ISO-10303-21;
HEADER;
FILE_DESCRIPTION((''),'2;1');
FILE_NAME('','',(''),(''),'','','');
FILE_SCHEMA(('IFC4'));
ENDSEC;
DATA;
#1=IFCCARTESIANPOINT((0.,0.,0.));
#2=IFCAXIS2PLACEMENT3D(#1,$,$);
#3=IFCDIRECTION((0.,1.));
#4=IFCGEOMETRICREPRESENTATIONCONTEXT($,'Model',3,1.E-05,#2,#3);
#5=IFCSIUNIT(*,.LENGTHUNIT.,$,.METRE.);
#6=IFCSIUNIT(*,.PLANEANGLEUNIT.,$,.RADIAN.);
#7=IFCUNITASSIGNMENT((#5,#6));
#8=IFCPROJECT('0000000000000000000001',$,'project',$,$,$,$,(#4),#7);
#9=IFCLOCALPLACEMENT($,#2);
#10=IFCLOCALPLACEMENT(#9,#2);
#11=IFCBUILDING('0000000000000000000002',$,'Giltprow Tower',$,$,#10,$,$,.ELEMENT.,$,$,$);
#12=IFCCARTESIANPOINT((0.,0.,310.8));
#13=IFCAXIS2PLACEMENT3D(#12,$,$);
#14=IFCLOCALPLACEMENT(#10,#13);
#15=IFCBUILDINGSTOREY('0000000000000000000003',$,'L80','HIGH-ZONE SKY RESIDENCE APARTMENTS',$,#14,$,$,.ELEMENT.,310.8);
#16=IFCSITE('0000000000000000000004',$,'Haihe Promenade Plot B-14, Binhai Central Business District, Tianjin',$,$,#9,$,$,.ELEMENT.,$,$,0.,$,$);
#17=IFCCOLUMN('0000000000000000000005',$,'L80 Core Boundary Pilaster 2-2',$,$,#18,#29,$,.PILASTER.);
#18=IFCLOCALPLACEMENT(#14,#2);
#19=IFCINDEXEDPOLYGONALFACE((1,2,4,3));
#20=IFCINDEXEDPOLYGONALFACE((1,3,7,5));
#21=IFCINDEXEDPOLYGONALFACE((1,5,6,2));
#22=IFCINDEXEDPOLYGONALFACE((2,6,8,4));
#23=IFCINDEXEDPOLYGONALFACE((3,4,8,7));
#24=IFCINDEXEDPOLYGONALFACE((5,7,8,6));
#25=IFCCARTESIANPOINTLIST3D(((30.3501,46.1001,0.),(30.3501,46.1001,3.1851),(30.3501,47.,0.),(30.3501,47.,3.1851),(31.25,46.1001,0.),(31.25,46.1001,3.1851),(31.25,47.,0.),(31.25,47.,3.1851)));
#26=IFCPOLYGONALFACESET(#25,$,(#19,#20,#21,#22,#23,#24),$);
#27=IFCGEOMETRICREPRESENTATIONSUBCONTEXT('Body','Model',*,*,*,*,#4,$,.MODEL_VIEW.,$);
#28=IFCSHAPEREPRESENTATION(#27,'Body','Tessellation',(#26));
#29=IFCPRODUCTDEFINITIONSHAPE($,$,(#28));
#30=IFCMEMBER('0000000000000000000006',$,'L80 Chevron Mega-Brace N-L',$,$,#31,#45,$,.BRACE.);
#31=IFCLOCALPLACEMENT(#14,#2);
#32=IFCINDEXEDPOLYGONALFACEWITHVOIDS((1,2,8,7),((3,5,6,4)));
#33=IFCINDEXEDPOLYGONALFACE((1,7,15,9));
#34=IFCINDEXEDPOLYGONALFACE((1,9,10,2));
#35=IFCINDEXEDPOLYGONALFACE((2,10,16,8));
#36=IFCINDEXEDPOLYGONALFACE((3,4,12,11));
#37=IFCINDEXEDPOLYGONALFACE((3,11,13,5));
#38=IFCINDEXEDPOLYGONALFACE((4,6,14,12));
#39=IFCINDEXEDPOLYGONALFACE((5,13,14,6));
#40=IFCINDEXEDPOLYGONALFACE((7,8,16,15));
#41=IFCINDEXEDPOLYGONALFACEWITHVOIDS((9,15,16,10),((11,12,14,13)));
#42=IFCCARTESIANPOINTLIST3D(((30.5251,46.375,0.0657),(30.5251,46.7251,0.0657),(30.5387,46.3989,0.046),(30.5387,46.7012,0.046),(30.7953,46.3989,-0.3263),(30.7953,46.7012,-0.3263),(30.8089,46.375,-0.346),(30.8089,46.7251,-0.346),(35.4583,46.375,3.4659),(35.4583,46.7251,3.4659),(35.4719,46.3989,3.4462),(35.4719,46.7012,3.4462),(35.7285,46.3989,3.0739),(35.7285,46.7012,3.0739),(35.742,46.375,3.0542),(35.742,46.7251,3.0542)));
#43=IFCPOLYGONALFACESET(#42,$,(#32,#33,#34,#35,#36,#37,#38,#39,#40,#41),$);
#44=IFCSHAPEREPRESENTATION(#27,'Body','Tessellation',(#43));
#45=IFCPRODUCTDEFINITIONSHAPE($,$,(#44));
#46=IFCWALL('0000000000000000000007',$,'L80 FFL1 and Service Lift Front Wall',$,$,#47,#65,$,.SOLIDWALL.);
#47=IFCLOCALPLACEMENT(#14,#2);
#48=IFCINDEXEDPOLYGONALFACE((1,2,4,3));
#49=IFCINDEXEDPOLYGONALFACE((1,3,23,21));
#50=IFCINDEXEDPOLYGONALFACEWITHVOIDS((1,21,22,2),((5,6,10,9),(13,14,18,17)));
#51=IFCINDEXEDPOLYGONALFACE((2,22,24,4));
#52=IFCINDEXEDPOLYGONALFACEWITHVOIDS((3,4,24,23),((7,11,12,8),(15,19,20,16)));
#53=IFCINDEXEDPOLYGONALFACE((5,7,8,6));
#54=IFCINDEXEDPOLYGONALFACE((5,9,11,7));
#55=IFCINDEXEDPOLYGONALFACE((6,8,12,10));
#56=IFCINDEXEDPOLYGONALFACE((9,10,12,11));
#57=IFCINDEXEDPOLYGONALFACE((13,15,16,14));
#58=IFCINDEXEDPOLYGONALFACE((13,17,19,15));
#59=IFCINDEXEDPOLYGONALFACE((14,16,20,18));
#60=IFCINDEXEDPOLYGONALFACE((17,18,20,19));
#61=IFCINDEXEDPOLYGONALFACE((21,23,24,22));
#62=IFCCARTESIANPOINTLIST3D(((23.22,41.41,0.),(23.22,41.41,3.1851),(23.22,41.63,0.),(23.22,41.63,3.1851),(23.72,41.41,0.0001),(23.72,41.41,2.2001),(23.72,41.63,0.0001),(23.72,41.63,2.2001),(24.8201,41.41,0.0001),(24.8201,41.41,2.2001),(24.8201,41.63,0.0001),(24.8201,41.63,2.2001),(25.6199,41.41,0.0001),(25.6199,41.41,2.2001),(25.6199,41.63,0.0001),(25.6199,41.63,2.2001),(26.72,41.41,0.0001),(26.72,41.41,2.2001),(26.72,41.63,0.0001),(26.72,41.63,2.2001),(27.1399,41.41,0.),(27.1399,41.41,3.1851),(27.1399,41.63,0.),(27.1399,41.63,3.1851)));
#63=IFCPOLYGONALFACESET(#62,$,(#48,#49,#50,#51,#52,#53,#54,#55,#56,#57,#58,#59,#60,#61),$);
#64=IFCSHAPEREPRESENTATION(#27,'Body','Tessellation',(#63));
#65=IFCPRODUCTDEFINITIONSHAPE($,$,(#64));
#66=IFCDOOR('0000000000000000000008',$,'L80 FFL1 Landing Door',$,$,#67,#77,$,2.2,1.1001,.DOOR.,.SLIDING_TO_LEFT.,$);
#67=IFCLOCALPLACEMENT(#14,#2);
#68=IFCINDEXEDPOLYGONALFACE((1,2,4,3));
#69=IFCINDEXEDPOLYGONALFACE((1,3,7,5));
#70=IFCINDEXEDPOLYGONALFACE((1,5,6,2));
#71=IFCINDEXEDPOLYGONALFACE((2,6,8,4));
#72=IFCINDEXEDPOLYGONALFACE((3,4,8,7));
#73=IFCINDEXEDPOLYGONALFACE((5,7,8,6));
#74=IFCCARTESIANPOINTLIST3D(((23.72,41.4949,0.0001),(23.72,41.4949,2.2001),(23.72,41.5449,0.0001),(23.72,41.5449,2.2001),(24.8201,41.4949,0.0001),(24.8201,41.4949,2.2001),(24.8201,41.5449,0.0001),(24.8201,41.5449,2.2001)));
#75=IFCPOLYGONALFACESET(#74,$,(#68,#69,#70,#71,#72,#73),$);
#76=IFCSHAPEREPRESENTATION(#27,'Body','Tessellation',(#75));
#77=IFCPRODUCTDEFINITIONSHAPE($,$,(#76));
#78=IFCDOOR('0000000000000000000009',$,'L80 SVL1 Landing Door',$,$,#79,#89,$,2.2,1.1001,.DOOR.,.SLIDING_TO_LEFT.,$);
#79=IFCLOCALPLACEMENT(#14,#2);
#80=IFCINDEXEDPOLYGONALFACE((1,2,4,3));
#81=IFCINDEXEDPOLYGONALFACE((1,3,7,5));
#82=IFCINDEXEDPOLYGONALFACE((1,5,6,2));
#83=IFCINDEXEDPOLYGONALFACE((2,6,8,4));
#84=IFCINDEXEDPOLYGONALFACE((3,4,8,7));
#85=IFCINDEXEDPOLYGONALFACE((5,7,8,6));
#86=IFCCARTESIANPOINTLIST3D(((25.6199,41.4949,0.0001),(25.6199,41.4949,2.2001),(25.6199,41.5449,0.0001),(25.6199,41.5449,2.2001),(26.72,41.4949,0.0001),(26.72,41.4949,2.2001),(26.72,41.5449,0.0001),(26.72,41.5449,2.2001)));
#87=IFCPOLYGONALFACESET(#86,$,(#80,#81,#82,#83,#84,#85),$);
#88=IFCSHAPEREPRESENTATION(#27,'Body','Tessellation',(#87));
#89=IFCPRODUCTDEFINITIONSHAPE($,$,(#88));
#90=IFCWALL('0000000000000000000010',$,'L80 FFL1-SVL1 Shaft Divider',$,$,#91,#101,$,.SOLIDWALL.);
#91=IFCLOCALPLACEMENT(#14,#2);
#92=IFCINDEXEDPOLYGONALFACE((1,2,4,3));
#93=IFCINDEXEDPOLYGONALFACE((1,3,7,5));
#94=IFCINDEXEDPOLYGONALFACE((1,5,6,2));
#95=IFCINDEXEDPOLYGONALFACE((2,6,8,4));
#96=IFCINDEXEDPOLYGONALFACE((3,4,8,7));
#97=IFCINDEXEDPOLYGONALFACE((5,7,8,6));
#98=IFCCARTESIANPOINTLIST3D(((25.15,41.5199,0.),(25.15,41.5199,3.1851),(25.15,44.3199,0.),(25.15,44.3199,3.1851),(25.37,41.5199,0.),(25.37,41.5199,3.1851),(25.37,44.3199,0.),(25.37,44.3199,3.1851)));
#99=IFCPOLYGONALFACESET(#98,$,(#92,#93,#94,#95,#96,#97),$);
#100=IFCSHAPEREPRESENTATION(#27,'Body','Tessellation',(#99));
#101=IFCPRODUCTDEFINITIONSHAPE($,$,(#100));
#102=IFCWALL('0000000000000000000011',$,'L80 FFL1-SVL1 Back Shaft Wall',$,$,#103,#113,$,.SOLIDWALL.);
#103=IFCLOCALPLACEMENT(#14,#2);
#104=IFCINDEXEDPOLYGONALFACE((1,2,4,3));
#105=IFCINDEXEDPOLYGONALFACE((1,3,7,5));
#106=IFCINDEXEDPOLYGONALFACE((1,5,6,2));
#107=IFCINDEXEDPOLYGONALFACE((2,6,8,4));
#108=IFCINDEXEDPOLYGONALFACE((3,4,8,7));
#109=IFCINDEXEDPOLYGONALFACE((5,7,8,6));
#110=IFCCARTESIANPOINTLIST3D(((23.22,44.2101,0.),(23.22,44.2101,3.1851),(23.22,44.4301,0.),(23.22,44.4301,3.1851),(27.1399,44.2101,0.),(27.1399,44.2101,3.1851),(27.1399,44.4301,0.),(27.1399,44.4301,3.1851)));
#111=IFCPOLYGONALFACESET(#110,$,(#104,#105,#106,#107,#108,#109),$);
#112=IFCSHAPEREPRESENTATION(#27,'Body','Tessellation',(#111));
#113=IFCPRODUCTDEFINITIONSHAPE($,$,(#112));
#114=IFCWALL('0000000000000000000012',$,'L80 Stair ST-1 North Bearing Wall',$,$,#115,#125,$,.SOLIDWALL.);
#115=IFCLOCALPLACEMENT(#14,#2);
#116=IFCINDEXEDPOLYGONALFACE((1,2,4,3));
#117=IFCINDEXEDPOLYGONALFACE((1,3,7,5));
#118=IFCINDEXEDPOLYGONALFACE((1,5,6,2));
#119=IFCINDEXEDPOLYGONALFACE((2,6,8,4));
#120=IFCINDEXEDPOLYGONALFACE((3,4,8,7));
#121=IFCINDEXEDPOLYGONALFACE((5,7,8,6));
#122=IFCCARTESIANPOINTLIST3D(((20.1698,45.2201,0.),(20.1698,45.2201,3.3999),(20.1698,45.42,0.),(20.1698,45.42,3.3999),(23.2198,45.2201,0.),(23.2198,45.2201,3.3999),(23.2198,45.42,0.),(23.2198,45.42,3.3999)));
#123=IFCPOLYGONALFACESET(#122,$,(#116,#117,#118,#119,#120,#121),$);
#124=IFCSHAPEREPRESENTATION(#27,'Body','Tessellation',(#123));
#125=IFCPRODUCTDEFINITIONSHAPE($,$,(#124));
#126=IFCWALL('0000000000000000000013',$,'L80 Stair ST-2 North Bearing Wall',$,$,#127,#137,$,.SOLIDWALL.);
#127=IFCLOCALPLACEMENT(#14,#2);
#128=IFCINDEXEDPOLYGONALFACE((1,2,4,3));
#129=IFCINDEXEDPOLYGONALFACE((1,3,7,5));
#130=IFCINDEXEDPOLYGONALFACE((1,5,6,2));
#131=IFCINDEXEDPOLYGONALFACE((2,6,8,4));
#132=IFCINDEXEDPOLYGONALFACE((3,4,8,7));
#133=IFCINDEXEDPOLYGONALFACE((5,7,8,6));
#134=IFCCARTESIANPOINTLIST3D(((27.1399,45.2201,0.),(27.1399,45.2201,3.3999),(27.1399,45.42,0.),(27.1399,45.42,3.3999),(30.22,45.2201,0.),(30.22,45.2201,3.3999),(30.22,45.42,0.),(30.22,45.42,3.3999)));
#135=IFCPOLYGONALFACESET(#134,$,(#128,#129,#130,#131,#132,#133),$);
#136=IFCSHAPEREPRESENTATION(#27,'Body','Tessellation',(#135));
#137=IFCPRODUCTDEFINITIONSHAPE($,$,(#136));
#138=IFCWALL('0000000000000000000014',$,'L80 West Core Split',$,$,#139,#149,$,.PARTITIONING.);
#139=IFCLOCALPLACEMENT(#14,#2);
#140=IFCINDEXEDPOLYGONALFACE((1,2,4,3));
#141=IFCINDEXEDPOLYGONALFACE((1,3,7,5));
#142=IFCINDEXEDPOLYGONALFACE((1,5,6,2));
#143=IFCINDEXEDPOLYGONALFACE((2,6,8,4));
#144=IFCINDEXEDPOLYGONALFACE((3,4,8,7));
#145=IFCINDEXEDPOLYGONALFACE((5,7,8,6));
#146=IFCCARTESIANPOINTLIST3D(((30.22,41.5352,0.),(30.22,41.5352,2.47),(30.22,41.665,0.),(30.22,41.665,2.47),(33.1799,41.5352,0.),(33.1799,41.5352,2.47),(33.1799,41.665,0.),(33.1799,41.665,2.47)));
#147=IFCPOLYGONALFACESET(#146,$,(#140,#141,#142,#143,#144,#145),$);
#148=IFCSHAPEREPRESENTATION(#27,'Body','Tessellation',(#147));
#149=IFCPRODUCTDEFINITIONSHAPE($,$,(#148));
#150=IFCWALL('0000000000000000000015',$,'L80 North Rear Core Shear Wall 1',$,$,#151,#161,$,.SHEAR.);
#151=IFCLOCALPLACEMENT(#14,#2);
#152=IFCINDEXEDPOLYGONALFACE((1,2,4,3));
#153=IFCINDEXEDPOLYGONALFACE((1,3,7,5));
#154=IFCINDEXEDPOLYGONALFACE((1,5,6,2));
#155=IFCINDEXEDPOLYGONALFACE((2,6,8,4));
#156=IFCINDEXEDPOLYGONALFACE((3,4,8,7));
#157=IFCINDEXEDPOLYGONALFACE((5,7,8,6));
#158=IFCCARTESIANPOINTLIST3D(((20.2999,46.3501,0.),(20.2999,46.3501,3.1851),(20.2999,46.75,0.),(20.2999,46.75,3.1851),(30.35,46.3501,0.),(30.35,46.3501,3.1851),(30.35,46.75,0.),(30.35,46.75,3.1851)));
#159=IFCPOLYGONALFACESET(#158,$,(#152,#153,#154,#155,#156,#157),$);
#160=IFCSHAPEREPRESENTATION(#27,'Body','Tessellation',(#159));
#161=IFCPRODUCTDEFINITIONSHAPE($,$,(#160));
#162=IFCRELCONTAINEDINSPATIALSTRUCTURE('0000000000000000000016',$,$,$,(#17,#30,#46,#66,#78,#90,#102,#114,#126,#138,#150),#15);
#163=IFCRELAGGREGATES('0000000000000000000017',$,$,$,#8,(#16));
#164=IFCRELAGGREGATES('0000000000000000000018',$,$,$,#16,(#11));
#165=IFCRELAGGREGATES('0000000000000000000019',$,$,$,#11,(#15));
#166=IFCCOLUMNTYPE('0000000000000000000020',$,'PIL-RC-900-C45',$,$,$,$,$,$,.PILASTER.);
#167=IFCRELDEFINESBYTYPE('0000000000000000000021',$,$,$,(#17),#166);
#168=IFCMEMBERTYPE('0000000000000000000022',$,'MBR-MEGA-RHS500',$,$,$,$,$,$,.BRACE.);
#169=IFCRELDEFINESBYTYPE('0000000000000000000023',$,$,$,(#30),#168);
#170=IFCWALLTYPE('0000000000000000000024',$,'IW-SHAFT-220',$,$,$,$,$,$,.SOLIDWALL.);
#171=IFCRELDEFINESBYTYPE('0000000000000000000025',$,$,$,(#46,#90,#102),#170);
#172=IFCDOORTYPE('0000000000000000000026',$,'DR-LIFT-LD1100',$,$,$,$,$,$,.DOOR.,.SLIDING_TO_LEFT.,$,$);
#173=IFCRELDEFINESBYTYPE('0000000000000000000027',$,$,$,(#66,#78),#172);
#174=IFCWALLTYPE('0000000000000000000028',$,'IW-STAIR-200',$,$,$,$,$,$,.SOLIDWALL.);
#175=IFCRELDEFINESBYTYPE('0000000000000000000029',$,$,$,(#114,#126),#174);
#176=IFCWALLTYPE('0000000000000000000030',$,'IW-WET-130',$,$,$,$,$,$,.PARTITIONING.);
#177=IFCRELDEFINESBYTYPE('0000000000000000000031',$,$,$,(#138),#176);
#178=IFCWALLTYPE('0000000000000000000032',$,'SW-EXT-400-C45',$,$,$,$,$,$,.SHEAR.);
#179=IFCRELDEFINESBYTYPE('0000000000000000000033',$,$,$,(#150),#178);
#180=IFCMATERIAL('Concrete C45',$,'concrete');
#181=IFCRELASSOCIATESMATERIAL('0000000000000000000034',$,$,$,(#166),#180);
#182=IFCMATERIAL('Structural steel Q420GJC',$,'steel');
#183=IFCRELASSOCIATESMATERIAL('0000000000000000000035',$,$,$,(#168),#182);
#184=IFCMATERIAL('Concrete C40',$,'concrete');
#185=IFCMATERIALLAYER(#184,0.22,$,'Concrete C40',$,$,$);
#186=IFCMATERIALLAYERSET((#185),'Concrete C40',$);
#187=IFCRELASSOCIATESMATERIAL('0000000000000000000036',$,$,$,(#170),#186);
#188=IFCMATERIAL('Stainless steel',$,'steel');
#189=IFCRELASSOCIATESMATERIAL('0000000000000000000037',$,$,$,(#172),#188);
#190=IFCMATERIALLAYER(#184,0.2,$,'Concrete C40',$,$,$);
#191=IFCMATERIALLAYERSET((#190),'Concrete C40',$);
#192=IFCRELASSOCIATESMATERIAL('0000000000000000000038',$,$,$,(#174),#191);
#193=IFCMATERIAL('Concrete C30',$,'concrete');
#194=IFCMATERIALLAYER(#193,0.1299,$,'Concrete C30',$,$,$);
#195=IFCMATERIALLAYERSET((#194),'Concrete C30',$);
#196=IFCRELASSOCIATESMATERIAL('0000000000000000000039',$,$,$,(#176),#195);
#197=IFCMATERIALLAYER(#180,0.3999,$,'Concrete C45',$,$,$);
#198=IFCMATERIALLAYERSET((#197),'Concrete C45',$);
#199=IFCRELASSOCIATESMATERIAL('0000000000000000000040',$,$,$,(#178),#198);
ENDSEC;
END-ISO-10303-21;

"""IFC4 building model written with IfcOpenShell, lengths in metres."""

from ifc_helpers import new_model, si_unit, direction, frame, frame_2d, origin, origin_2d, place, context, subcontext, project, spatial, rectangle, hollow_rectangle, extrude, source, transform, mapped, material, layer, layer_set, material_profile, profile_set, type_object, element, fill, save


model = new_model("IFC4")

# Units and contexts
model_context = context("Model", 3, precision=1e-05, world=origin(), true_north=direction((0.0, 1.0)))
body_context = subcontext(model_context, "Body", "Model", "MODEL_VIEW")
ifc_project = project(units=[si_unit("LENGTHUNIT", "METRE"), si_unit("PLANEANGLEUNIT", "RADIAN")], contexts=[model_context])

# Site, building, storey
site_placement = place(None, origin())
site = spatial("IfcSite", under=ifc_project, at=site_placement, Name="Haihe Promenade Plot B-14, Binhai Central Business District, Tianjin", CompositionType="ELEMENT", RefElevation=0.0)
building_placement = place(site_placement, origin())
building = spatial("IfcBuilding", under=site, at=building_placement, Name="Giltprow Tower", CompositionType="ELEMENT")
storey_placement = place(building_placement, frame((0.0, 0.0, 310.8)))
storey = spatial("IfcBuildingStorey", under=building, at=storey_placement, Name="L80", Description="HIGH-ZONE SKY RESIDENCE APARTMENTS", CompositionType="ELEMENT", Elevation=310.8)

# Column
ifc_material_1 = material(Name="Concrete C45", Category="concrete")
ifc_material_profile_1 = material_profile(ifc_material_1, rectangle(XDim=0.8999, YDim=0.8999, at=origin_2d()), Name="RC 900x900")
ifc_profile_set_1 = profile_set([ifc_material_profile_1], Name="Concrete C45")
column_type = type_object("IfcColumnType", Name="PIL-RC-900-C45", PredefinedType="PILASTER", material=ifc_profile_set_1)
shared_shape_1 = source(origin(), body_context, "Body", "SweptSolid", [
    extrude(rectangle(XDim=0.8999, YDim=0.8999, at=origin_2d()), origin(), (0.0, 0.0, 1.0), 3.1851),
])
column_placement = place(storey_placement, frame((30.8, 46.55, 0.0), z_axis=(0.0, 0.0, 1.0), x_axis=(1.0, 0.0, 0.0)))
element("IfcColumn", 1, at=column_placement, inside=storey, type_object=column_type, Name="L80 Core Boundary Pilaster 2-2", PredefinedType="PILASTER", context=body_context, shape_type="MappedRepresentation", body=[
    mapped(shared_shape_1, transform((0.0, 0.0, 0.0), x_axis=(1.0, 0.0, 0.0), y_axis=(0.0, 1.0, 0.0), z_axis=(0.0, 0.0, 1.0), scale=1.0)),
])

# Member
ifc_material_2 = material(Name="Structural steel Q420GJC", Category="steel")
ifc_material_profile_2 = material_profile(ifc_material_2, hollow_rectangle(XDim=0.3501, YDim=0.5, WallThickness=0.0239, at=origin_2d()), Name="RHS 500x350x24")
ifc_profile_set_2 = profile_set([ifc_material_profile_2], Name="Structural steel Q420GJC")
member_type = type_object("IfcMemberType", Name="MBR-MEGA-RHS500", PredefinedType="BRACE", material=ifc_profile_set_2)
shared_shape_2 = source(origin(), body_context, "Body", "SweptSolid", [
    extrude(hollow_rectangle(XDim=0.3501, YDim=0.5, WallThickness=0.0239, at=origin_2d()), origin(), (0.0, 0.0, 1.0), 5.9915),
])
member_placement = place(storey_placement, frame((30.667, 46.55, -0.1401), z_axis=(0.823368, 0.0, 0.567507), x_axis=(0.0, 1.0, 0.0)))
element("IfcMember", 2, at=member_placement, inside=storey, type_object=member_type, Name="L80 Chevron Mega-Brace N-L", PredefinedType="BRACE", context=body_context, shape_type="MappedRepresentation", body=[
    mapped(shared_shape_2, transform((0.0, 0.0, 0.0), x_axis=(1.0, 0.0, 0.0), y_axis=(0.0, 1.0, 0.0), z_axis=(0.0, 0.0, 1.0), scale=1.0)),
])

# Wall, openings, doors
ifc_material_3 = material(Name="Concrete C40", Category="concrete")
ifc_layer_1 = layer(ifc_material_3, 0.22, Name="Concrete C40")
ifc_layer_set_1 = layer_set([ifc_layer_1], Name="Concrete C40")
wall_type_1 = type_object("IfcWallType", Name="IW-SHAFT-220", PredefinedType="SOLIDWALL", material=ifc_layer_set_1)
wall_1_placement = place(storey_placement, frame((23.22, 41.52, 0.0), z_axis=(0.0, 0.0, 1.0), x_axis=(1.0, 0.0, 0.0)))
wall_1 = element("IfcWall", 3, at=wall_1_placement, inside=storey, type_object=wall_type_1, Name="L80 FFL1 and Service Lift Front Wall", PredefinedType="SOLIDWALL", context=body_context, shape_type="SweptSolid", body=[
    extrude(rectangle(XDim=3.9199, YDim=0.22, at=frame_2d((1.96, 0.0))), origin(), (0.0, 0.0, 1.0), 3.1851),
])
opening_1_placement = place(wall_1_placement, frame((0.5, 0.0, 0.0)))
opening_1 = element("IfcOpeningElement", 4, at=opening_1_placement, cuts=wall_1, PredefinedType="OPENING", context=body_context, shape_type="SweptSolid", body=[
    extrude(rectangle(XDim=1.1001, YDim=2.2, at=frame_2d((0.55, 1.1001))), frame((0.0, 0.1199, 0.0), z_axis=(0.0, -1.0, 0.0), x_axis=(1.0, 0.0, 0.0)), (0.0, 0.0, 1.0), 0.24),
])
opening_2_placement = place(wall_1_placement, frame((2.3999, 0.0, 0.0)))
opening_2 = element("IfcOpeningElement", 5, at=opening_2_placement, cuts=wall_1, PredefinedType="OPENING", context=body_context, shape_type="SweptSolid", body=[
    extrude(rectangle(XDim=1.1001, YDim=2.2, at=frame_2d((0.55, 1.1001))), frame((0.0, 0.1199, 0.0), z_axis=(0.0, -1.0, 0.0), x_axis=(1.0, 0.0, 0.0)), (0.0, 0.0, 1.0), 0.24),
])
ifc_material_4 = material(Name="Stainless steel", Category="steel")
door_type = type_object("IfcDoorType", Name="DR-LIFT-LD1100", OperationType="SLIDING_TO_LEFT", PredefinedType="DOOR", material=ifc_material_4)
shared_shape_3 = source(origin(), body_context, "Body", "SweptSolid", [
    extrude(rectangle(XDim=1.1001, YDim=2.2, at=frame_2d((0.55, 1.1001))), frame((0.0, 0.0249, 0.0), z_axis=(0.0, -1.0, 0.0), x_axis=(1.0, 0.0, 0.0)), (0.0, 0.0, 1.0), 0.05),
])
door_1_placement = place(opening_1_placement, origin())
door_1 = element("IfcDoor", 6, at=door_1_placement, inside=storey, type_object=door_type, Name="L80 FFL1 Landing Door", OperationType="SLIDING_TO_LEFT", OverallHeight=2.2, OverallWidth=1.1001, PredefinedType="DOOR", context=body_context, shape_type="MappedRepresentation", body=[
    mapped(shared_shape_3, transform((0.0, 0.0, 0.0), x_axis=(1.0, 0.0, 0.0), y_axis=(0.0, 1.0, 0.0), z_axis=(0.0, 0.0, 1.0), scale=1.0)),
])
fill(opening_1, door_1)
door_2_placement = place(opening_2_placement, origin())
door_2 = element("IfcDoor", 7, at=door_2_placement, inside=storey, type_object=door_type, Name="L80 SVL1 Landing Door", OperationType="SLIDING_TO_LEFT", OverallHeight=2.2, OverallWidth=1.1001, PredefinedType="DOOR", context=body_context, shape_type="MappedRepresentation", body=[
    mapped(shared_shape_3, transform((0.0, 0.0, 0.0), x_axis=(1.0, 0.0, 0.0), y_axis=(0.0, 1.0, 0.0), z_axis=(0.0, 0.0, 1.0), scale=1.0)),
])
fill(opening_2, door_2)

# Walls
wall_2_placement = place(storey_placement, frame((25.26, 41.52, 0.0), z_axis=(0.0, 0.0, 1.0), x_axis=(0.0, 1.0, 0.0)))
element("IfcWall", 8, at=wall_2_placement, inside=storey, type_object=wall_type_1, Name="L80 FFL1-SVL1 Shaft Divider", PredefinedType="SOLIDWALL", context=body_context, shape_type="SweptSolid", body=[
    extrude(rectangle(XDim=2.8, YDim=0.22, at=frame_2d((1.3999, 0.0))), origin(), (0.0, 0.0, 1.0), 3.1851),
])
wall_3_placement = place(storey_placement, frame((23.22, 44.3201, 0.0), z_axis=(0.0, 0.0, 1.0), x_axis=(1.0, 0.0, 0.0)))
element("IfcWall", 9, at=wall_3_placement, inside=storey, type_object=wall_type_1, Name="L80 FFL1-SVL1 Back Shaft Wall", PredefinedType="SOLIDWALL", context=body_context, shape_type="SweptSolid", body=[
    extrude(rectangle(XDim=3.9199, YDim=0.22, at=frame_2d((1.96, 0.0))), origin(), (0.0, 0.0, 1.0), 3.1851),
])
ifc_layer_2 = layer(ifc_material_3, 0.2, Name="Concrete C40")
ifc_layer_set_2 = layer_set([ifc_layer_2], Name="Concrete C40")
wall_type_2 = type_object("IfcWallType", Name="IW-STAIR-200", PredefinedType="SOLIDWALL", material=ifc_layer_set_2)
wall_4_placement = place(storey_placement, frame((20.1699, 45.3201, 0.0), z_axis=(0.0, 0.0, 1.0), x_axis=(1.0, 0.0, 0.0)))
element("IfcWall", 10, at=wall_4_placement, inside=storey, type_object=wall_type_2, Name="L80 Stair ST-1 North Bearing Wall", PredefinedType="SOLIDWALL", context=body_context, shape_type="SweptSolid", body=[
    extrude(rectangle(XDim=3.05, YDim=0.2, at=frame_2d((1.5249, 0.0))), origin(), (0.0, 0.0, 1.0), 3.3999),
])
wall_5_placement = place(storey_placement, frame((27.1399, 45.3201, 0.0), z_axis=(0.0, 0.0, 1.0), x_axis=(1.0, 0.0, 0.0)))
element("IfcWall", 11, at=wall_5_placement, inside=storey, type_object=wall_type_2, Name="L80 Stair ST-2 North Bearing Wall", PredefinedType="SOLIDWALL", context=body_context, shape_type="SweptSolid", body=[
    extrude(rectangle(XDim=3.0801, YDim=0.2, at=frame_2d((1.54, 0.0))), origin(), (0.0, 0.0, 1.0), 3.3999),
])
ifc_material_5 = material(Name="Concrete C30", Category="concrete")
ifc_layer_3 = layer(ifc_material_5, 0.1299, Name="Concrete C30")
ifc_layer_set_3 = layer_set([ifc_layer_3], Name="Concrete C30")
wall_type_3 = type_object("IfcWallType", Name="IW-WET-130", PredefinedType="PARTITIONING", material=ifc_layer_set_3)
wall_6_placement = place(storey_placement, frame((30.22, 41.6001, 0.0), z_axis=(0.0, 0.0, 1.0), x_axis=(1.0, 0.0, 0.0)))
element("IfcWall", 12, at=wall_6_placement, inside=storey, type_object=wall_type_3, Name="L80 West Core Split", PredefinedType="PARTITIONING", context=body_context, shape_type="SweptSolid", body=[
    extrude(rectangle(XDim=2.96, YDim=0.1299, at=frame_2d((1.48, 0.0))), origin(), (0.0, 0.0, 1.0), 2.47),
])
ifc_layer_4 = layer(ifc_material_1, 0.3999, Name="Concrete C45")
ifc_layer_set_4 = layer_set([ifc_layer_4], Name="Concrete C45")
wall_type_4 = type_object("IfcWallType", Name="SW-EXT-400-C45", PredefinedType="SHEAR", material=ifc_layer_set_4)
wall_7_placement = place(storey_placement, frame((20.3, 46.55, 0.0), z_axis=(0.0, 0.0, 1.0), x_axis=(1.0, 0.0, 0.0)))
element("IfcWall", 13, at=wall_7_placement, inside=storey, type_object=wall_type_4, Name="L80 North Rear Core Shear Wall 1", PredefinedType="SHEAR", context=body_context, shape_type="SweptSolid", body=[
    extrude(rectangle(XDim=10.05, YDim=0.3999, at=frame_2d((5.0249, 0.0))), origin(), (0.0, 0.0, 1.0), 3.1851),
])

save(model, "model.ifc")
